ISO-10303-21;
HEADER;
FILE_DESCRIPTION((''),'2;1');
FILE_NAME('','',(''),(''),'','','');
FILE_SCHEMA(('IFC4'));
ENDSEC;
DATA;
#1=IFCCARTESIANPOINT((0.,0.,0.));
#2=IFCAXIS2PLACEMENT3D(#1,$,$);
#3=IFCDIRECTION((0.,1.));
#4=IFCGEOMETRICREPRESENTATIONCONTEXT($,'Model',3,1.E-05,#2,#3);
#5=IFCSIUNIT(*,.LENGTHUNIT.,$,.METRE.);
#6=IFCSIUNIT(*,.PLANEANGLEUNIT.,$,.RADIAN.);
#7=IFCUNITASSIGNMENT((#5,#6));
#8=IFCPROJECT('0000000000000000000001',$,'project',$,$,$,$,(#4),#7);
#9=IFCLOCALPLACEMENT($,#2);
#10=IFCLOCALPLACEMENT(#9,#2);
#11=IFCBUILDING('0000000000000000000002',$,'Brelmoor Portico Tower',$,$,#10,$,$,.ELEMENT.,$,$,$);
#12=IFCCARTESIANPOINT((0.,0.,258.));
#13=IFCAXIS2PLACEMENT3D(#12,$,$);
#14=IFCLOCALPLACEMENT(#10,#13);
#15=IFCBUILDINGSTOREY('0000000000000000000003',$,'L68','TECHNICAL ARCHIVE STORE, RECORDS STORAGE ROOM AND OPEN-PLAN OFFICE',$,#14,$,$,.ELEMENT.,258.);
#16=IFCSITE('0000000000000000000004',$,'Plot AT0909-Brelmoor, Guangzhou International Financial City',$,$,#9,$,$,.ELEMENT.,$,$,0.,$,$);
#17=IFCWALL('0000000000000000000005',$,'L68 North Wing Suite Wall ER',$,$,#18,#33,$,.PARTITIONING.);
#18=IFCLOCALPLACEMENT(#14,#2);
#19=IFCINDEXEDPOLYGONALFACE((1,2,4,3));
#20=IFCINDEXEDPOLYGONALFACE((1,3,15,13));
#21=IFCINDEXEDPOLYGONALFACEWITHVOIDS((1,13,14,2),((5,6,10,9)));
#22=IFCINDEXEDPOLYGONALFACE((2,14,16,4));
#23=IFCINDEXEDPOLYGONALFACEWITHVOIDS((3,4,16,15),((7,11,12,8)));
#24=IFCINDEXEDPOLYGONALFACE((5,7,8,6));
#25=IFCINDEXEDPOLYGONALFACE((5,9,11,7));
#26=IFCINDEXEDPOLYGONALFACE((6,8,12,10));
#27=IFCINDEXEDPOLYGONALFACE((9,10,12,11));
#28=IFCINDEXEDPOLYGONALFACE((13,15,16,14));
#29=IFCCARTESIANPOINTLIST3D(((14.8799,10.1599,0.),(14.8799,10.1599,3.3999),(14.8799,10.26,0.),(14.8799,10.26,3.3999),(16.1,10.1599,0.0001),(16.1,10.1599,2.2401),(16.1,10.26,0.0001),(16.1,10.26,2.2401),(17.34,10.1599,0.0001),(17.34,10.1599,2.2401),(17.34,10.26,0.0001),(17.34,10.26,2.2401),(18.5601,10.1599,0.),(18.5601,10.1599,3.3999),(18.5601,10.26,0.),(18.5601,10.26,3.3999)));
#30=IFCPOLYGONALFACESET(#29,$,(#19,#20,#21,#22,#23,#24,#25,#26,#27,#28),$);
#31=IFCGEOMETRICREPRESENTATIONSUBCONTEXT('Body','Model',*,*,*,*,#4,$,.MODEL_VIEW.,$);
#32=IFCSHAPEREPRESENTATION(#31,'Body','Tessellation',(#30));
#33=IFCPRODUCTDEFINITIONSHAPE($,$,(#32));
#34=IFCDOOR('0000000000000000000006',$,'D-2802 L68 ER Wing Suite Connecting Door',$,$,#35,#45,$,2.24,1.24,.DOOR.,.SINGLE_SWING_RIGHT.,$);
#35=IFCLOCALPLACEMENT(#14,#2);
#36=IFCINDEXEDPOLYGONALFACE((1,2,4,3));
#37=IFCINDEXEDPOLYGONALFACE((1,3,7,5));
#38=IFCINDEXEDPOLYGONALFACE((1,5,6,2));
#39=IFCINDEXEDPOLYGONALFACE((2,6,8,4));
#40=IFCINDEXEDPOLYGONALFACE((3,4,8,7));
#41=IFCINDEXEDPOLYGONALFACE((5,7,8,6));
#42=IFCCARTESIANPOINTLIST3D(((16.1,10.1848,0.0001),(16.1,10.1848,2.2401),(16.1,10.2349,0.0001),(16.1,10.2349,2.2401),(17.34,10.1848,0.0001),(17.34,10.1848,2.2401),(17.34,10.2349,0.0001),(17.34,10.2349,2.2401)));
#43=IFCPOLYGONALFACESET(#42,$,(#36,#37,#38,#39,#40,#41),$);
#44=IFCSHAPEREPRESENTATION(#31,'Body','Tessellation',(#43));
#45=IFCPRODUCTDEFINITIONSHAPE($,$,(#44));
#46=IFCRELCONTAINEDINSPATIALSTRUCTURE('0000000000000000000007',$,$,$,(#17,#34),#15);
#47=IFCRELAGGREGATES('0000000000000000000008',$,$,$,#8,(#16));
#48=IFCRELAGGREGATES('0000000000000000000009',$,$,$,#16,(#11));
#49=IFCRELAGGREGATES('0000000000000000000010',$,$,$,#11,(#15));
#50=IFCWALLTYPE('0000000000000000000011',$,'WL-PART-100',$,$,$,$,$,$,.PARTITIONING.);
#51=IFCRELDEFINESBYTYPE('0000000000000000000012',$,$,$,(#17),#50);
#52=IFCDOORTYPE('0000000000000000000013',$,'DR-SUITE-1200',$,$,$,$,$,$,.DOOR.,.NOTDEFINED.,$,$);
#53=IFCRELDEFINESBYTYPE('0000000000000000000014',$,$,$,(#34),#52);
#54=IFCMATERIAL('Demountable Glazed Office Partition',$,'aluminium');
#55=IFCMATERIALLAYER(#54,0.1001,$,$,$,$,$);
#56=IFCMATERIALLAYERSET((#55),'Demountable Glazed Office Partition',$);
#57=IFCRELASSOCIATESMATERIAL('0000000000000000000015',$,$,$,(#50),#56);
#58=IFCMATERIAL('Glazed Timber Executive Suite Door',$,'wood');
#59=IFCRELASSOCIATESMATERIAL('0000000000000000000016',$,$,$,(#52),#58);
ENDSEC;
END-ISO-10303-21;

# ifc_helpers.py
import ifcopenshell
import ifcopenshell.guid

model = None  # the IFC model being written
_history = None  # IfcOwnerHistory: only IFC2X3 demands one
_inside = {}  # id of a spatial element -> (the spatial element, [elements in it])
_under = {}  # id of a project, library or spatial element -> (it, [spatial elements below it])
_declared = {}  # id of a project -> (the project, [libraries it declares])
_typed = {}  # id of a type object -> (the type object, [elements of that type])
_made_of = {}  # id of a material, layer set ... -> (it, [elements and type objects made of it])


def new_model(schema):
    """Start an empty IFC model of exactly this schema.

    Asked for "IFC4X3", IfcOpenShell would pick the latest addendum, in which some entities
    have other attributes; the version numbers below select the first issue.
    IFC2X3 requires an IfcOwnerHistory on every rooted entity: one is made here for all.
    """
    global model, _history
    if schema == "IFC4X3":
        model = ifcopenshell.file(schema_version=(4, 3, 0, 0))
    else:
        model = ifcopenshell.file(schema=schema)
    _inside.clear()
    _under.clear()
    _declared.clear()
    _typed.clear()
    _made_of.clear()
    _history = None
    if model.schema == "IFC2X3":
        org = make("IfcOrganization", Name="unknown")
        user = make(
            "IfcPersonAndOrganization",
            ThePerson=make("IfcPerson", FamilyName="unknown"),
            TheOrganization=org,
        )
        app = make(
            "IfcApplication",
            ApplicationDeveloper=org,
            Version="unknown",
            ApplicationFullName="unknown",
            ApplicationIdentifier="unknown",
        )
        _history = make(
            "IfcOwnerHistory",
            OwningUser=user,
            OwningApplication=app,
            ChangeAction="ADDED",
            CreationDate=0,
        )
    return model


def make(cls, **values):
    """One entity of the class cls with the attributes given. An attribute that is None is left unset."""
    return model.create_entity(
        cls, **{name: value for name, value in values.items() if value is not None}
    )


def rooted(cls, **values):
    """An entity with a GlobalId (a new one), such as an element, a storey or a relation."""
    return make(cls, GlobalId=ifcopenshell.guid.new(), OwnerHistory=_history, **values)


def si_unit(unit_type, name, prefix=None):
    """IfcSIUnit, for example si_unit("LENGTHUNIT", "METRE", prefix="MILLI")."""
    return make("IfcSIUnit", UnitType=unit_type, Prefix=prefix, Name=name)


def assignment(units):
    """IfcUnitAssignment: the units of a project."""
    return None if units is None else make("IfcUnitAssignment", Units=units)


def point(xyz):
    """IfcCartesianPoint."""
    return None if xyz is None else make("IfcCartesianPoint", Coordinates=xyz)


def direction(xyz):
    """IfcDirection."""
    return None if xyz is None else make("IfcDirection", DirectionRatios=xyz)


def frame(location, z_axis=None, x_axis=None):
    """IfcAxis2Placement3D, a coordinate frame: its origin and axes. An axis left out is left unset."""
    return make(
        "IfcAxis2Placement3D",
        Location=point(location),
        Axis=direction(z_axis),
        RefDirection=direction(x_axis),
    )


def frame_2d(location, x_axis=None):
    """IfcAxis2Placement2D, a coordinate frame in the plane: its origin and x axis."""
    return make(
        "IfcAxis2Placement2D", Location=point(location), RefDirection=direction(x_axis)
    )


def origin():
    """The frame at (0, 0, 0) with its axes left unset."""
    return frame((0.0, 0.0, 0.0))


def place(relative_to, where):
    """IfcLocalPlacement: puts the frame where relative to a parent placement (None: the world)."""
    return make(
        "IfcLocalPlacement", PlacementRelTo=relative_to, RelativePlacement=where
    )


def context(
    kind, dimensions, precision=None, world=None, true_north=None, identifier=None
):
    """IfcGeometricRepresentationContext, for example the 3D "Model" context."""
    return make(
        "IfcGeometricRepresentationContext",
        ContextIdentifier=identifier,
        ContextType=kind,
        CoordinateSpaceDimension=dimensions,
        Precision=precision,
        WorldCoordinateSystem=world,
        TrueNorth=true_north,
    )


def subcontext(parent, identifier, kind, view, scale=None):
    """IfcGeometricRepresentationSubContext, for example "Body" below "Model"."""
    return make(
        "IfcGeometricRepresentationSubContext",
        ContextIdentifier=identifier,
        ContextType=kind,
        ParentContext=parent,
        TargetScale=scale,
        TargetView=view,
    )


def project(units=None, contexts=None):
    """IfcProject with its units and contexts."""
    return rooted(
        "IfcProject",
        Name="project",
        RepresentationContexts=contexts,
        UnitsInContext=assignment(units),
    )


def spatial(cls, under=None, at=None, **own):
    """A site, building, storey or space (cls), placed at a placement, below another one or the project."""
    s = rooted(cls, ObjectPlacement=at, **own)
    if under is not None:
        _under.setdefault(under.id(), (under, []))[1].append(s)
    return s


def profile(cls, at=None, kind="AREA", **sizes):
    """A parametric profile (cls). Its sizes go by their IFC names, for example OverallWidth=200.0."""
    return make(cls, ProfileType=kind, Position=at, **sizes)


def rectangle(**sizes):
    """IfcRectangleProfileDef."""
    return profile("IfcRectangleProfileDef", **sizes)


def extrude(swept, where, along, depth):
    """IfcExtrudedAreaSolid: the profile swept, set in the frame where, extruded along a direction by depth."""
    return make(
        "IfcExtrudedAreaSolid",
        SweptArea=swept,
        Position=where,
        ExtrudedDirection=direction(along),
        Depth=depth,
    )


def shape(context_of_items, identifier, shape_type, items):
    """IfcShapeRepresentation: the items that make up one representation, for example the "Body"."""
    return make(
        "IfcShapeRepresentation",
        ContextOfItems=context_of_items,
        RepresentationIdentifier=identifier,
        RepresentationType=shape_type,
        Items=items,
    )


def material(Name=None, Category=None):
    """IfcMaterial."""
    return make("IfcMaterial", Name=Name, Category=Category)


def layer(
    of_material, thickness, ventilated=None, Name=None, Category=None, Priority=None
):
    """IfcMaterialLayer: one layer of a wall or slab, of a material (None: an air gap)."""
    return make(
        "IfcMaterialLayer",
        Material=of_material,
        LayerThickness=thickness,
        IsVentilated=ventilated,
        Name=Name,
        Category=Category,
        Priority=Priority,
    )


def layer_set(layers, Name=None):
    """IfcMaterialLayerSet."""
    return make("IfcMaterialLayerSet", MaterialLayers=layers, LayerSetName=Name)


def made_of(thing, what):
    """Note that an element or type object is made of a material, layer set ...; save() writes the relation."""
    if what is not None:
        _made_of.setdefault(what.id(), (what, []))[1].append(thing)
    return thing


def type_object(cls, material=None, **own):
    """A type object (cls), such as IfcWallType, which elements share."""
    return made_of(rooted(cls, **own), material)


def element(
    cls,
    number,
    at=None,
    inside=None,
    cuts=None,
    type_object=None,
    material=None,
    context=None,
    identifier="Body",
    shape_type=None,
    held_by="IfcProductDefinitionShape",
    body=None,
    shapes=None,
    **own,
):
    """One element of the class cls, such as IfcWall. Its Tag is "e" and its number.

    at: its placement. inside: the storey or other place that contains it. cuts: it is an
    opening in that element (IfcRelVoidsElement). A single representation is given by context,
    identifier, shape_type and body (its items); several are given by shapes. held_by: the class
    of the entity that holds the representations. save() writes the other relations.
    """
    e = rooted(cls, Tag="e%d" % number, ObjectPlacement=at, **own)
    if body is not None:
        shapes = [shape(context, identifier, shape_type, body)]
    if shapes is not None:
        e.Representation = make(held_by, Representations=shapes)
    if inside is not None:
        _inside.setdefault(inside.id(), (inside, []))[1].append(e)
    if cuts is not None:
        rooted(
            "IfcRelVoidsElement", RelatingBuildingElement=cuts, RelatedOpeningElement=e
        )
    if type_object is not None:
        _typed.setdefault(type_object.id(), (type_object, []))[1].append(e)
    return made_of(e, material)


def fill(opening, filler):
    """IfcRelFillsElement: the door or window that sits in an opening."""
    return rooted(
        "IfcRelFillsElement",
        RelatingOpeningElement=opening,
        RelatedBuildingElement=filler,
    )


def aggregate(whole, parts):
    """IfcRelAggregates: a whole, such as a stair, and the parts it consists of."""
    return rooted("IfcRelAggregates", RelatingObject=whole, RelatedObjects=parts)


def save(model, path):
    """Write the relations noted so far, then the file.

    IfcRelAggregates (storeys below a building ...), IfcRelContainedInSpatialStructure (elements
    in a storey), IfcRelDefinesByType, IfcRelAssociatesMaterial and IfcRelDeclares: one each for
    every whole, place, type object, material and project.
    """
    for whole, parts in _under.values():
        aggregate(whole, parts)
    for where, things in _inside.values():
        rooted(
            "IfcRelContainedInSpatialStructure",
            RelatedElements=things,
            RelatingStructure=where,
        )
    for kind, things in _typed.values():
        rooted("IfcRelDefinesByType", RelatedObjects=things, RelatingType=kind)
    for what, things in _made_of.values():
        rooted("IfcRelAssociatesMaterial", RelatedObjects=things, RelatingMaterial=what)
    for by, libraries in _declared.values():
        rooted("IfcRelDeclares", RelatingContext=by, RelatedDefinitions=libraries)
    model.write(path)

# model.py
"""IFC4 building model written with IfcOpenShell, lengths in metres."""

from ifc_helpers import new_model, si_unit, direction, frame, frame_2d, origin, place, context, subcontext, project, spatial, rectangle, extrude, material, layer, layer_set, type_object, element, fill, save


model = new_model("IFC4")

# Units and contexts
model_context = context("Model", 3, precision=1e-05, world=origin(), true_north=direction((0.0, 1.0)))
body_context = subcontext(model_context, "Body", "Model", "MODEL_VIEW")
ifc_project = project(units=[si_unit("LENGTHUNIT", "METRE"), si_unit("PLANEANGLEUNIT", "RADIAN")], contexts=[model_context])

# Site, building, storey
site_placement = place(None, origin())
site = spatial("IfcSite", under=ifc_project, at=site_placement, Name="Plot AT0909-Brelmoor, Guangzhou International Financial City", CompositionType="ELEMENT", RefElevation=0.0)
building_placement = place(site_placement, origin())
building = spatial("IfcBuilding", under=site, at=building_placement, Name="Brelmoor Portico Tower", CompositionType="ELEMENT")
storey_placement = place(building_placement, frame((0.0, 0.0, 258.0)))
storey = spatial("IfcBuildingStorey", under=building, at=storey_placement, Name="L68", Description="TECHNICAL ARCHIVE STORE, RECORDS STORAGE ROOM AND OPEN-PLAN OFFICE", CompositionType="ELEMENT", Elevation=258.0)

# Wall, opening, door
ifc_material_1 = material(Name="Demountable Glazed Office Partition", Category="aluminium")
ifc_layer_1 = layer(ifc_material_1, 0.1001)
ifc_layer_set_1 = layer_set([ifc_layer_1], Name="Demountable Glazed Office Partition")
wall_type_1 = type_object("IfcWallType", Name="WL-PART-100", PredefinedType="PARTITIONING", material=ifc_layer_set_1)
wall_placement = place(storey_placement, frame((14.8799, 10.21, 0.0), z_axis=(0.0, 0.0, 1.0), x_axis=(1.0, 0.0, 0.0)))
wall = element("IfcWall", 1, at=wall_placement, inside=storey, type_object=wall_type_1, Name="L68 North Wing Suite Wall ER", PredefinedType="PARTITIONING", context=body_context, shape_type="SweptSolid", body=[
    extrude(rectangle(XDim=3.6802, YDim=0.1001, at=frame_2d((1.8401, 0.0))), origin(), (0.0, 0.0, 1.0), 3.3999),
])
opening_placement = place(wall_placement, frame((1.22, 0.0, 0.0)))
opening = element("IfcOpeningElement", 2, at=opening_placement, cuts=wall, PredefinedType="OPENING", context=body_context, shape_type="SweptSolid", body=[
    extrude(rectangle(XDim=1.24, YDim=2.24, at=frame_2d((0.6201, 1.1201))), frame((0.0, 0.0601, 0.0), z_axis=(0.0, -1.0, 0.0), x_axis=(1.0, 0.0, 0.0)), (0.0, 0.0, 1.0), 0.1201),
])
ifc_material_2 = material(Name="Glazed Timber Executive Suite Door", Category="wood")
door_type = type_object("IfcDoorType", Name="DR-SUITE-1200", OperationType="NOTDEFINED", PredefinedType="DOOR", material=ifc_material_2)
door_placement = place(opening_placement, origin())
door = element("IfcDoor", 3, at=door_placement, inside=storey, type_object=door_type, Name="D-2802 L68 ER Wing Suite Connecting Door", OperationType="SINGLE_SWING_RIGHT", OverallHeight=2.24, OverallWidth=1.24, PredefinedType="DOOR", context=body_context, shape_type="SweptSolid", body=[
    extrude(rectangle(XDim=1.24, YDim=2.24, at=frame_2d((0.6201, 1.1201))), frame((0.0, 0.0249, 0.0), z_axis=(0.0, -1.0, 0.0), x_axis=(1.0, 0.0, 0.0)), (0.0, 0.0, 1.0), 0.05),
])
fill(opening, door)

save(model, "model.ifc")
